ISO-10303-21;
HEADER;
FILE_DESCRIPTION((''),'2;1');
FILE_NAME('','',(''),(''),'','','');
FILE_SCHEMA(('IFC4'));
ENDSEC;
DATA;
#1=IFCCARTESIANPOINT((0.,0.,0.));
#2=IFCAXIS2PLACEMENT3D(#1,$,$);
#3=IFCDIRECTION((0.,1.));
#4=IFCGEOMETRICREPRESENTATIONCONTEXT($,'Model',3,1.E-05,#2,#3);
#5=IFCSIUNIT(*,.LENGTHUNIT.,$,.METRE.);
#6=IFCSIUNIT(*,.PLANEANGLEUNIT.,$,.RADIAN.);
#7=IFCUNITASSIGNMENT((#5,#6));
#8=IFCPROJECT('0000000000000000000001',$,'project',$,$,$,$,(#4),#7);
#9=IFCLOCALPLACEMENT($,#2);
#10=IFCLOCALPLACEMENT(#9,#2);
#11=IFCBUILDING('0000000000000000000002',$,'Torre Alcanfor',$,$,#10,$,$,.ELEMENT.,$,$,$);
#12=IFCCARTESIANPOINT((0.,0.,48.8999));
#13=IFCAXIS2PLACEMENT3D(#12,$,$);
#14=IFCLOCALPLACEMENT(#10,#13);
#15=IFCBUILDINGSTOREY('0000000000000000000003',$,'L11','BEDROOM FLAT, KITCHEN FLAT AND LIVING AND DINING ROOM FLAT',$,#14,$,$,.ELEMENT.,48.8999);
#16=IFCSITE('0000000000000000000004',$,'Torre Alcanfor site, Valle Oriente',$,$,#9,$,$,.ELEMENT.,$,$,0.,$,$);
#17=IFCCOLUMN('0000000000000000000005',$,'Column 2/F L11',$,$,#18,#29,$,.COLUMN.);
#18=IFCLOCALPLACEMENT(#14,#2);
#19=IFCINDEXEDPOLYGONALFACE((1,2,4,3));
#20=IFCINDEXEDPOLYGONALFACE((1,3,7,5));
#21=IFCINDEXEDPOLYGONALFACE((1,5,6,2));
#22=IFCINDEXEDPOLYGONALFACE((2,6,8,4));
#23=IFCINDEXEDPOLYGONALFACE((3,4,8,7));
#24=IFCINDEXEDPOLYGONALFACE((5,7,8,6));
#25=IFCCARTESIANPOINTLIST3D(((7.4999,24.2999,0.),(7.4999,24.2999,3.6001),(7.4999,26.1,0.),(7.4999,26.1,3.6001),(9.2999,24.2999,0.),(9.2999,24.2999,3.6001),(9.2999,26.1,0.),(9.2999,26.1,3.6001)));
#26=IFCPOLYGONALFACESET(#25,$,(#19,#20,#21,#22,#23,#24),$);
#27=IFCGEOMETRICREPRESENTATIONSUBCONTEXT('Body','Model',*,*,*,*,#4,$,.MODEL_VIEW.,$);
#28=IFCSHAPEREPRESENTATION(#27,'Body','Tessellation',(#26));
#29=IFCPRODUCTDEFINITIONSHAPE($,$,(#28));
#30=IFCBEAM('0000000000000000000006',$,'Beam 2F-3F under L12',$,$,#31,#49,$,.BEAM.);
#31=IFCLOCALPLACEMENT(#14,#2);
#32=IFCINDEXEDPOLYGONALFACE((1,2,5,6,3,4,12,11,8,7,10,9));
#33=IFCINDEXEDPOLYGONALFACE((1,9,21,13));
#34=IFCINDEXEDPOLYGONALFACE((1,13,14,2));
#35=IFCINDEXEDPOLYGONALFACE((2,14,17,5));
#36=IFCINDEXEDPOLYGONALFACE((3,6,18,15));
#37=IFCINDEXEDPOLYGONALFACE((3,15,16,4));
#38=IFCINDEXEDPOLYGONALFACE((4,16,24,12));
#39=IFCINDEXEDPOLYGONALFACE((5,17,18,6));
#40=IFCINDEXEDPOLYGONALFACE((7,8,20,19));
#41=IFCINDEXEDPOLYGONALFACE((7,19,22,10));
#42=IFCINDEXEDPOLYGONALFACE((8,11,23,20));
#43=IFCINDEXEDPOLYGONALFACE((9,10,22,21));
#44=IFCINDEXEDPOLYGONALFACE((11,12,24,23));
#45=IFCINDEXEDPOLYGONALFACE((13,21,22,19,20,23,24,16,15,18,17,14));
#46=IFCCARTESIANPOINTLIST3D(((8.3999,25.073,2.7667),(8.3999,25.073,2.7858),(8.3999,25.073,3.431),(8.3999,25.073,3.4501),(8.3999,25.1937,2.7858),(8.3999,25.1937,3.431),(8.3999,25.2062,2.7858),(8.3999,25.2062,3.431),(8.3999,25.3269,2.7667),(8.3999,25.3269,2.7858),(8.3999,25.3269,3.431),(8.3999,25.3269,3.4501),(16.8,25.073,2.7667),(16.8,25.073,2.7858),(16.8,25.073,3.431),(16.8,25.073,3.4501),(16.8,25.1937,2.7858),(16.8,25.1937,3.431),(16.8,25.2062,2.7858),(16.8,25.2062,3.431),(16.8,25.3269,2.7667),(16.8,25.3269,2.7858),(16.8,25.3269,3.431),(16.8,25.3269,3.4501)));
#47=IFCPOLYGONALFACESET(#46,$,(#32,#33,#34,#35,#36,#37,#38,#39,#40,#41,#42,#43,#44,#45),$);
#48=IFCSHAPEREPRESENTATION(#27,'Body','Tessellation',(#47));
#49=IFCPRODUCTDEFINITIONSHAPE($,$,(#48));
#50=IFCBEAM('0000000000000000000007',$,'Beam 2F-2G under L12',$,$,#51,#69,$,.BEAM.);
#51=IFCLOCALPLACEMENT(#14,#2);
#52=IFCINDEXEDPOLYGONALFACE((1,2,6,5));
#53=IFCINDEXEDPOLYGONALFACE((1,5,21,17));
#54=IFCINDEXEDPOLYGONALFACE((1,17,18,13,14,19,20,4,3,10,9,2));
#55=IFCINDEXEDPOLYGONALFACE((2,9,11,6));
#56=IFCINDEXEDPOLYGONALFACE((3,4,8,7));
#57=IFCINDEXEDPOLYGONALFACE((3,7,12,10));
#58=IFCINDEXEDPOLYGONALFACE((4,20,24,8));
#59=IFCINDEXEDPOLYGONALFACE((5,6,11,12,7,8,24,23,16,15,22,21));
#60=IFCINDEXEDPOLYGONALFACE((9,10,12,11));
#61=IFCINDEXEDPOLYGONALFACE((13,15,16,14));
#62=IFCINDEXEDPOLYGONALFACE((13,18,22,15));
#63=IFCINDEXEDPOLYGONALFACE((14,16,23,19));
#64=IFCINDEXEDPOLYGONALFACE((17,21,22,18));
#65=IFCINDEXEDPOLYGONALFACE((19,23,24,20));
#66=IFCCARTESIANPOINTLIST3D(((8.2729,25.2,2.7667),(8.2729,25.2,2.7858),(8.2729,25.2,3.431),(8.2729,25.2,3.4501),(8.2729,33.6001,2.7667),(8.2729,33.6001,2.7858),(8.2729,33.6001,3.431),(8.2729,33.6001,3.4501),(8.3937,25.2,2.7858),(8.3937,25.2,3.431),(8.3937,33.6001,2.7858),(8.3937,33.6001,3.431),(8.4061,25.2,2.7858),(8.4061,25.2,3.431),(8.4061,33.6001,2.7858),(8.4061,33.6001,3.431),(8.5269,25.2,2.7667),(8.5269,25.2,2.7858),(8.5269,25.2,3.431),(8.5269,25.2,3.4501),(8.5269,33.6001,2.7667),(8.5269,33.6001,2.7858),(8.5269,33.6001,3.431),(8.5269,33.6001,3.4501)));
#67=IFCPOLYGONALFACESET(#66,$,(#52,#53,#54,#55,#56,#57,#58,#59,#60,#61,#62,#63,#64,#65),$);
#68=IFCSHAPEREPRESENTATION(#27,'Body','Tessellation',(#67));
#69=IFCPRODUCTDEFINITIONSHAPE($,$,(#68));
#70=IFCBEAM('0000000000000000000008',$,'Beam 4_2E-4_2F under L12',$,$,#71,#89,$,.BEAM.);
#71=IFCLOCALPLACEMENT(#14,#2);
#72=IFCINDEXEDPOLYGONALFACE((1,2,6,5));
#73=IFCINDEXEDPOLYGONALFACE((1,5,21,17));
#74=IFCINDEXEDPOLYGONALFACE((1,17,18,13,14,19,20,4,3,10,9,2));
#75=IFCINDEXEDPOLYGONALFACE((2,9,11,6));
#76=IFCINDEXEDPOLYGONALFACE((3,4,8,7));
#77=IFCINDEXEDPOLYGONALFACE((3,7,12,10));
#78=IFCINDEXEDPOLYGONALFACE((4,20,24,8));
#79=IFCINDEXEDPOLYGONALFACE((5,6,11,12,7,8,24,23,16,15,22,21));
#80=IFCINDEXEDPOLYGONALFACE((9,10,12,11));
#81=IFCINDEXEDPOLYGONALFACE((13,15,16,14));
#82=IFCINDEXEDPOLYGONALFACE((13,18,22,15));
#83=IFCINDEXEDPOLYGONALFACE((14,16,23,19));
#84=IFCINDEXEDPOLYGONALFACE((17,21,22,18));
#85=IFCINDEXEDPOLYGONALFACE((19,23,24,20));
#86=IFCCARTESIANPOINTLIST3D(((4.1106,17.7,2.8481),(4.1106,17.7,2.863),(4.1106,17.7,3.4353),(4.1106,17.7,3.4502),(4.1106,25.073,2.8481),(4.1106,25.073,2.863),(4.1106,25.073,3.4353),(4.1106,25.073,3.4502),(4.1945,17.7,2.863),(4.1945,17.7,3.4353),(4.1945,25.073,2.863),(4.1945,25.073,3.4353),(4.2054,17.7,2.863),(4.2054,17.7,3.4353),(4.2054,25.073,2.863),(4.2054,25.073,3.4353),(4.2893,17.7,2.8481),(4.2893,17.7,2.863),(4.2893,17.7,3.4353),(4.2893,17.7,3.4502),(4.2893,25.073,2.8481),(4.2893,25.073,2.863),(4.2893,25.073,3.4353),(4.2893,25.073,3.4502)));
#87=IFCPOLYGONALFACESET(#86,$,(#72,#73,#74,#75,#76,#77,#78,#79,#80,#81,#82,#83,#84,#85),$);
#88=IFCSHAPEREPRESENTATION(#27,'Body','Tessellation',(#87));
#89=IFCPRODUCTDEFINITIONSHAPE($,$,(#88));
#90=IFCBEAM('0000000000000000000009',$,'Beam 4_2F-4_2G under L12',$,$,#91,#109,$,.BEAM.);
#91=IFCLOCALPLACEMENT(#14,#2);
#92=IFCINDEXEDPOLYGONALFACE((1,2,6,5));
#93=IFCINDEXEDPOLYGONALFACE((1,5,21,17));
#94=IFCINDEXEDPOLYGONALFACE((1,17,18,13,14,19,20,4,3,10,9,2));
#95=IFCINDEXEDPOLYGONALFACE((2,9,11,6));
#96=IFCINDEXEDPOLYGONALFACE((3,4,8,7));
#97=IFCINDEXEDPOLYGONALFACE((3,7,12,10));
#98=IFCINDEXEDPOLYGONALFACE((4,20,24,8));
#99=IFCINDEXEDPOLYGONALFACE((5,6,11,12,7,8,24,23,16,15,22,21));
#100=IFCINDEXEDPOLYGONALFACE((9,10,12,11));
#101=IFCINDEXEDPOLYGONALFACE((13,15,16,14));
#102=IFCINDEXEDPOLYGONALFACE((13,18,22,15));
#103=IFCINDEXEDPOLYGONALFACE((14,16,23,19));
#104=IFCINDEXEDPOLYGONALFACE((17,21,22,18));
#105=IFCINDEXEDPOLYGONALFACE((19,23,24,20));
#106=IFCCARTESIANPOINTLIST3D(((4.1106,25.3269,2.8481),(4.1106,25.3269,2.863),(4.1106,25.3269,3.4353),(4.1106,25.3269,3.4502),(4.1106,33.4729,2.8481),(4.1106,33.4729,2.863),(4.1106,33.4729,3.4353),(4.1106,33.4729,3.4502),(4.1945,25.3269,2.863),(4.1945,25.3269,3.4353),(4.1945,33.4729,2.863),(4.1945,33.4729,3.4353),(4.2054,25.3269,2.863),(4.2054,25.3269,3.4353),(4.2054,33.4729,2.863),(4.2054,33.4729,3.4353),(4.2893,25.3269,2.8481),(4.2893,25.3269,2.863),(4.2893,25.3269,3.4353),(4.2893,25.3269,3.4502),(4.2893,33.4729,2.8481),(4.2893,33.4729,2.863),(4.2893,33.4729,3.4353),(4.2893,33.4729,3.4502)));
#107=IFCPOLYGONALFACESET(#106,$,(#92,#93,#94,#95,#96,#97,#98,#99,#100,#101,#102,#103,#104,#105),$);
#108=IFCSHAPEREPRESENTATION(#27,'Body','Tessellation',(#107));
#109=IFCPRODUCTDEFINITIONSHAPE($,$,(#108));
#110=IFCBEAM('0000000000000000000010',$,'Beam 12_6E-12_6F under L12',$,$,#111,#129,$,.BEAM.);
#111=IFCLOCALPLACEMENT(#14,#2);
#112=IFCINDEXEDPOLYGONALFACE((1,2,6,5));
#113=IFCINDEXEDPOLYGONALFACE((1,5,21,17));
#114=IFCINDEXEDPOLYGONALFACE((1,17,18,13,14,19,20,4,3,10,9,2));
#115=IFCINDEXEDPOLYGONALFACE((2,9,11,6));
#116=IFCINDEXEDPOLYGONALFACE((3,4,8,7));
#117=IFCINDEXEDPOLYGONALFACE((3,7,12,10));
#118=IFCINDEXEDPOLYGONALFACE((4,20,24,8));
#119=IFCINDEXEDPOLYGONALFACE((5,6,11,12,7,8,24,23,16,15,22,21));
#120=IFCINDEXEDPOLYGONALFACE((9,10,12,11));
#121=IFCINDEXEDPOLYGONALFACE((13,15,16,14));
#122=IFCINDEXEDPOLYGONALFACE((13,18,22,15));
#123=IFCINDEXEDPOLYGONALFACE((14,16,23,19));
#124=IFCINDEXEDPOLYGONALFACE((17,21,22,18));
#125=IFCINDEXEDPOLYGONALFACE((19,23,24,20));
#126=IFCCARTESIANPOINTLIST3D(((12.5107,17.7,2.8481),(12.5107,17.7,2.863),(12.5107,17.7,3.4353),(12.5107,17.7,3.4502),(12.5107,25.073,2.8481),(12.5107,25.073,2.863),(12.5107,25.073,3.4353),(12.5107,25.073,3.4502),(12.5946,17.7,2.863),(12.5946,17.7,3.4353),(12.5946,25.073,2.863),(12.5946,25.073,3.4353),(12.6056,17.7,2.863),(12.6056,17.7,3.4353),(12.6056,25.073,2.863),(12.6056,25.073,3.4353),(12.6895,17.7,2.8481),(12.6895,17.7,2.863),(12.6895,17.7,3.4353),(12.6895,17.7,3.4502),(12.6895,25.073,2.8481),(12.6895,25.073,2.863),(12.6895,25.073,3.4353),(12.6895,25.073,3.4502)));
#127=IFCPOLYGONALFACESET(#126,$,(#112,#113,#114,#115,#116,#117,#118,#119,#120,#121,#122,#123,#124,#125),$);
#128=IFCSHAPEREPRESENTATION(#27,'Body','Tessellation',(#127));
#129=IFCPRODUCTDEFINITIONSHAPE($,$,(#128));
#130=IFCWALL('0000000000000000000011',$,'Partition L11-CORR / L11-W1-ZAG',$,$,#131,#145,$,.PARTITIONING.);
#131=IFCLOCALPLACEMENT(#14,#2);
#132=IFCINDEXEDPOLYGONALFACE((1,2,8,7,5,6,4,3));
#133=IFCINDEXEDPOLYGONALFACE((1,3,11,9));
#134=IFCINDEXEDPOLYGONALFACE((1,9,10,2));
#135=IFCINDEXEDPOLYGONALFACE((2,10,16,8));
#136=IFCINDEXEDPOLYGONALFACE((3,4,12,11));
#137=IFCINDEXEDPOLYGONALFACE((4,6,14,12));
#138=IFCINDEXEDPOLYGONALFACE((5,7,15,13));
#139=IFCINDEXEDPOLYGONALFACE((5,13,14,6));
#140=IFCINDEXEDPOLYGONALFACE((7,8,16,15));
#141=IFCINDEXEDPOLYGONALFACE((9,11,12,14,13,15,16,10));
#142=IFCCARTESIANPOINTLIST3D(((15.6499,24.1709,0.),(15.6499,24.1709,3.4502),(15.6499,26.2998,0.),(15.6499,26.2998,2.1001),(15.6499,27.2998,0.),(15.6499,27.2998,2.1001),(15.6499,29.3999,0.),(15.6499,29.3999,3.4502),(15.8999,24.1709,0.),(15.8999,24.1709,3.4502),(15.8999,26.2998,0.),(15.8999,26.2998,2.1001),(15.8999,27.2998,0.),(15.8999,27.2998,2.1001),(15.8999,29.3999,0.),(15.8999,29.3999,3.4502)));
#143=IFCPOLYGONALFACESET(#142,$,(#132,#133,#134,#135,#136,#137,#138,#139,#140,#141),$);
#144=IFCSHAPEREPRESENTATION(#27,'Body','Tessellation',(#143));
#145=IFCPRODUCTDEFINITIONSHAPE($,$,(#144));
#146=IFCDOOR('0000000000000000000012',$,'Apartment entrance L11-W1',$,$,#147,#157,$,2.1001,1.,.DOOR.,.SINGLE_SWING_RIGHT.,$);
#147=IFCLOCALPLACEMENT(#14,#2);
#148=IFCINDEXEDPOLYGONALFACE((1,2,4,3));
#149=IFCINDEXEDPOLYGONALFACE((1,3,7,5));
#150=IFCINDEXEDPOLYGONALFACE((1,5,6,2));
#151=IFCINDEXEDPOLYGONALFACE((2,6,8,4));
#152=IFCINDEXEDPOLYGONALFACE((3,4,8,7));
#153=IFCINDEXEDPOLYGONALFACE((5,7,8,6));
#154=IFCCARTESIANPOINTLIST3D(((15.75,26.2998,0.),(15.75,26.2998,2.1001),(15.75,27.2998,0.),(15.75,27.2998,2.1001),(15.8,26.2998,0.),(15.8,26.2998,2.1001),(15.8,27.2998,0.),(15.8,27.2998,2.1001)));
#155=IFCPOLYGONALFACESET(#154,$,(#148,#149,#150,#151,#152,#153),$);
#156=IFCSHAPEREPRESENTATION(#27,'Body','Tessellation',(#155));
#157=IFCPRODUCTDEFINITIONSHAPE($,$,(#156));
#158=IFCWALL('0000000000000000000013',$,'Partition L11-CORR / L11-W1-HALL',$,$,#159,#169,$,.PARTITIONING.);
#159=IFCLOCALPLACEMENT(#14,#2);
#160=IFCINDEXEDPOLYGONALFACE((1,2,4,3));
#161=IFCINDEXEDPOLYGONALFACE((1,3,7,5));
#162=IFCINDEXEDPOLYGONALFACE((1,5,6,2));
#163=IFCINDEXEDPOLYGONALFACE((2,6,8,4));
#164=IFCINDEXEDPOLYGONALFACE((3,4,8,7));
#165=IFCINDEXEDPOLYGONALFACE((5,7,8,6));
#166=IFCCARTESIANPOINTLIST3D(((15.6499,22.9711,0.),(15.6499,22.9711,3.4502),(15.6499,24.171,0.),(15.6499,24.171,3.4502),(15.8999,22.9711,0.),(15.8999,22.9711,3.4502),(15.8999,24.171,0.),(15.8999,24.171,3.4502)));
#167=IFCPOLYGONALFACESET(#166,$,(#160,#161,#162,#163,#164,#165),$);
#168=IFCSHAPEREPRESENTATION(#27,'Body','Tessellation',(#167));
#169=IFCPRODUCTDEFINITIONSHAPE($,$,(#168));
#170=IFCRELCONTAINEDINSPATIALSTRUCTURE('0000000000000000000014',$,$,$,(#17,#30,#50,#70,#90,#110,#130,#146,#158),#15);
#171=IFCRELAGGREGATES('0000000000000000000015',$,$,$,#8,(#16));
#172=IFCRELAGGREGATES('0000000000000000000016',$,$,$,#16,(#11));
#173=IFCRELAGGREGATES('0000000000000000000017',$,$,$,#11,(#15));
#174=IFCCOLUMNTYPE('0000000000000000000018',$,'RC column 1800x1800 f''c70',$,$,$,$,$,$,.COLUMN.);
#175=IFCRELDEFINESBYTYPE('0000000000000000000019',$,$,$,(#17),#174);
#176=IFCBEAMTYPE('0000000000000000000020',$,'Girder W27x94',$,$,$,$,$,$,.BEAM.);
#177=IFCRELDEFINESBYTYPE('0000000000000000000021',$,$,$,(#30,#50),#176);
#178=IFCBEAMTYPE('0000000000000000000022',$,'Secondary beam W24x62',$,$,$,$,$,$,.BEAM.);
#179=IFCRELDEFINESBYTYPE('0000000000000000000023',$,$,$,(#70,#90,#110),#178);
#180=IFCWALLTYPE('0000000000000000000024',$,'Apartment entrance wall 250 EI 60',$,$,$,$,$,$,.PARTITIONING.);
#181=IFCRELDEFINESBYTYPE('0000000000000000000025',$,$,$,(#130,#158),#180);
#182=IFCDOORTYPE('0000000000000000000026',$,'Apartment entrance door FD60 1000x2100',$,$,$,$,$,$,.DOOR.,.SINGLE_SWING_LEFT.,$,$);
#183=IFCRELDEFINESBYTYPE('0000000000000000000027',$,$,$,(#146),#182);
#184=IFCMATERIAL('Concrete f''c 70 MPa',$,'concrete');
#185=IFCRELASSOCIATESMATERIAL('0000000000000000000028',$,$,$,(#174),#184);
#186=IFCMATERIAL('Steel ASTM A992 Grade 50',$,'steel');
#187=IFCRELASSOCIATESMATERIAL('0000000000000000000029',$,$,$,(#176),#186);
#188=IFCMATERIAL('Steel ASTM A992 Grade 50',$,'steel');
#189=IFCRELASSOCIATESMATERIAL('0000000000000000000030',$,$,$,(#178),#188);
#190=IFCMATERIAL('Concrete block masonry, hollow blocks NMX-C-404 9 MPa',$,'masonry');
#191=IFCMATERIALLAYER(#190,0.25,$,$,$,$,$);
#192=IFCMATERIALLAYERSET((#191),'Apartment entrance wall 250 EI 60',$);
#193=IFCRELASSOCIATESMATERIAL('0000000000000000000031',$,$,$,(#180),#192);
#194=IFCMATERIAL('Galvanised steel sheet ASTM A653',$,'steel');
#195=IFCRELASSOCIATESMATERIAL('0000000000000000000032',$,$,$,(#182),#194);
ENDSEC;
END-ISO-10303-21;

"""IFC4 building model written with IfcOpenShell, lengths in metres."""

from ifc_helpers import new_model, si_unit, direction, frame, frame_2d, origin, origin_2d, place, context, subcontext, project, spatial, rectangle, i_section, extrude, material, layer, layer_set, material_profile, profile_set, type_object, element, fill, save


model = new_model("IFC4")

# Units and contexts
model_context = context("Model", 3, precision=1e-05, world=origin(), true_north=direction((0.0, 1.0)))
body_context = subcontext(model_context, "Body", "Model", "MODEL_VIEW")
ifc_project = project(units=[si_unit("LENGTHUNIT", "METRE"), si_unit("PLANEANGLEUNIT", "RADIAN")], contexts=[model_context])

# Site, building, storey
site_placement = place(None, origin())
site = spatial("IfcSite", under=ifc_project, at=site_placement, Name="Torre Alcanfor site, Valle Oriente", CompositionType="ELEMENT", RefElevation=0.0)
building_placement = place(site_placement, origin())
building = spatial("IfcBuilding", under=site, at=building_placement, Name="Torre Alcanfor", CompositionType="ELEMENT")
storey_placement = place(building_placement, frame((0.0, 0.0, 48.8999)))
storey = spatial("IfcBuildingStorey", under=building, at=storey_placement, Name="L11", Description="BEDROOM FLAT, KITCHEN FLAT AND LIVING AND DINING ROOM FLAT", CompositionType="ELEMENT", Elevation=48.8999)

# Column
ifc_material_1 = material(Name="Concrete f'c 70 MPa", Category="concrete")
ifc_material_profile_1 = material_profile(ifc_material_1, rectangle(XDim=1.8, YDim=1.8, at=origin_2d()), Name="1800x1800")
ifc_profile_set_1 = profile_set([ifc_material_profile_1], Name="Concrete f'c 70 MPa")
column_type = type_object("IfcColumnType", Name="RC column 1800x1800 f'c70", PredefinedType="COLUMN", material=ifc_profile_set_1)
column_placement = place(storey_placement, frame((8.3999, 25.2, 0.0), z_axis=(0.0, 0.0, 1.0), x_axis=(1.0, 0.0, 0.0)))
element("IfcColumn", 1, at=column_placement, inside=storey, type_object=column_type, Name="Column 2/F L11", PredefinedType="COLUMN", context=body_context, shape_type="SweptSolid", body=[
    extrude(rectangle(XDim=1.8, YDim=1.8, at=origin_2d()), origin(), (0.0, 0.0, 1.0), 3.6001),
])

# Beams
ifc_material_2 = material(Name="Steel ASTM A992 Grade 50", Category="steel")
ifc_material_profile_2 = material_profile(ifc_material_2, i_section(OverallWidth=0.2539, OverallDepth=0.6833, WebThickness=0.0125, FlangeThickness=0.019, at=origin_2d()), Name="W27x94")
ifc_profile_set_2 = profile_set([ifc_material_profile_2], Name="Steel ASTM A992 Grade 50")
beam_type_1 = type_object("IfcBeamType", Name="Girder W27x94", PredefinedType="BEAM", material=ifc_profile_set_2)
for number, where, z_axis, x_axis, name in (
    (2, (8.3999, 25.2, 3.1084), (1.0, 0.0, 0.0), (0.0, 1.0, 0.0), "Beam 2F-3F under L12"),
    (3, (8.3999, 25.2, 3.1084), (0.0, 1.0, 0.0), (-1.0, 0.0, 0.0), "Beam 2F-2G under L12"),
):
    element("IfcBeam", number, at=place(storey_placement, frame(where, z_axis=z_axis, x_axis=x_axis)), inside=storey, type_object=beam_type_1, Name=name, PredefinedType="BEAM", context=body_context, shape_type="SweptSolid", body=[
        extrude(i_section(OverallWidth=0.2539, OverallDepth=0.6833, WebThickness=0.0125, FlangeThickness=0.019, at=origin_2d()), origin(), (0.0, 0.0, 1.0), 8.4001),
    ])
ifc_material_3 = material(Name="Steel ASTM A992 Grade 50", Category="steel")
ifc_material_profile_3 = material_profile(ifc_material_3, i_section(OverallWidth=0.1787, OverallDepth=0.6021, WebThickness=0.011, FlangeThickness=0.0149, at=origin_2d()), Name="W24x62")
ifc_profile_set_3 = profile_set([ifc_material_profile_3], Name="Steel ASTM A992 Grade 50")
beam_type_2 = type_object("IfcBeamType", Name="Secondary beam W24x62", PredefinedType="BEAM", material=ifc_profile_set_3)
beam_1_placement = place(storey_placement, frame((4.2, 17.7, 3.1492), z_axis=(0.0, 1.0, 0.0), x_axis=(-1.0, 0.0, 0.0)))
element("IfcBeam", 4, at=beam_1_placement, inside=storey, type_object=beam_type_2, Name="Beam 4_2E-4_2F under L12", PredefinedType="BEAM", context=body_context, shape_type="SweptSolid", body=[
    extrude(i_section(OverallWidth=0.1787, OverallDepth=0.6021, WebThickness=0.011, FlangeThickness=0.0149, at=origin_2d()), origin(), (0.0, 0.0, 1.0), 7.373),
])
beam_2_placement = place(storey_placement, frame((4.2, 25.3269, 3.1492), z_axis=(0.0, 1.0, 0.0), x_axis=(-1.0, 0.0, 0.0)))
element("IfcBeam", 5, at=beam_2_placement, inside=storey, type_object=beam_type_2, Name="Beam 4_2F-4_2G under L12", PredefinedType="BEAM", context=body_context, shape_type="SweptSolid", body=[
    extrude(i_section(OverallWidth=0.1787, OverallDepth=0.6021, WebThickness=0.011, FlangeThickness=0.0149, at=origin_2d()), origin(), (0.0, 0.0, 1.0), 8.146),
])
beam_3_placement = place(storey_placement, frame((12.6001, 17.7, 3.1492), z_axis=(0.0, 1.0, 0.0), x_axis=(-1.0, 0.0, 0.0)))
element("IfcBeam", 6, at=beam_3_placement, inside=storey, type_object=beam_type_2, Name="Beam 12_6E-12_6F under L12", PredefinedType="BEAM", context=body_context, shape_type="SweptSolid", body=[
    extrude(i_section(OverallWidth=0.1787, OverallDepth=0.6021, WebThickness=0.011, FlangeThickness=0.0149, at=origin_2d()), origin(), (0.0, 0.0, 1.0), 7.373),
])

# Wall, opening, door
ifc_material_4 = material(Name="Concrete block masonry, hollow blocks NMX-C-404 9 MPa", Category="masonry")
ifc_layer_1 = layer(ifc_material_4, 0.25)
ifc_layer_set_1 = layer_set([ifc_layer_1], Name="Apartment entrance wall 250 EI 60")
wall_type_1 = type_object("IfcWallType", Name="Apartment entrance wall 250 EI 60", PredefinedType="PARTITIONING", material=ifc_layer_set_1)
wall_1_placement = place(storey_placement, frame((15.7749, 24.1709, 0.0), z_axis=(0.0, 0.0, 1.0), x_axis=(0.0, 1.0, 0.0)))
wall_1 = element("IfcWall", 7, at=wall_1_placement, inside=storey, type_object=wall_type_1, Name="Partition L11-CORR / L11-W1-ZAG", PredefinedType="PARTITIONING", context=body_context, shape_type="SweptSolid", body=[
    extrude(rectangle(XDim=5.229, YDim=0.25, at=frame_2d((2.6145, 0.0))), origin(), (0.0, 0.0, 1.0), 3.4502),
])
opening_1_placement = place(wall_1_placement, frame((2.1289, 0.0, 0.0)))
opening_1 = element("IfcOpeningElement", 8, at=opening_1_placement, cuts=wall_1, PredefinedType="OPENING", context=body_context, shape_type="SweptSolid", body=[
    extrude(rectangle(XDim=1.0, YDim=2.1001, at=frame_2d((0.5, 1.05))), frame((0.0, 0.135, 0.0), z_axis=(0.0, -1.0, 0.0), x_axis=(1.0, 0.0, 0.0)), (0.0, 0.0, 1.0), 0.27),
])
ifc_material_5 = material(Name="Galvanised steel sheet ASTM A653", Category="steel")
door_type_1 = type_object("IfcDoorType", Name="Apartment entrance door FD60 1000x2100", OperationType="SINGLE_SWING_LEFT", PredefinedType="DOOR", material=ifc_material_5)
door_1_placement = place(opening_1_placement, origin())
door_1 = element("IfcDoor", 9, at=door_1_placement, inside=storey, type_object=door_type_1, Name="Apartment entrance L11-W1", OperationType="SINGLE_SWING_RIGHT", OverallHeight=2.1001, OverallWidth=1.0, PredefinedType="DOOR", context=body_context, shape_type="SweptSolid", body=[
    extrude(rectangle(XDim=1.0, YDim=2.1001, at=frame_2d((0.5, 1.05))), frame((0.0, 0.0249, 0.0), z_axis=(0.0, -1.0, 0.0), x_axis=(1.0, 0.0, 0.0)), (0.0, 0.0, 1.0), 0.05),
])
fill(opening_1, door_1)

# Wall
wall_2_placement = place(storey_placement, frame((15.7749, 22.9709, 0.0), z_axis=(0.0, 0.0, 1.0), x_axis=(0.0, 1.0, 0.0)))
element("IfcWall", 10, at=wall_2_placement, inside=storey, type_object=wall_type_1, Name="Partition L11-CORR / L11-W1-HALL", PredefinedType="PARTITIONING", context=body_context, shape_type="SweptSolid", body=[
    extrude(rectangle(XDim=1.2, YDim=0.25, at=frame_2d((0.6001, 0.0))), origin(), (0.0, 0.0, 1.0), 3.4502),
])

save(model, "model.ifc")
